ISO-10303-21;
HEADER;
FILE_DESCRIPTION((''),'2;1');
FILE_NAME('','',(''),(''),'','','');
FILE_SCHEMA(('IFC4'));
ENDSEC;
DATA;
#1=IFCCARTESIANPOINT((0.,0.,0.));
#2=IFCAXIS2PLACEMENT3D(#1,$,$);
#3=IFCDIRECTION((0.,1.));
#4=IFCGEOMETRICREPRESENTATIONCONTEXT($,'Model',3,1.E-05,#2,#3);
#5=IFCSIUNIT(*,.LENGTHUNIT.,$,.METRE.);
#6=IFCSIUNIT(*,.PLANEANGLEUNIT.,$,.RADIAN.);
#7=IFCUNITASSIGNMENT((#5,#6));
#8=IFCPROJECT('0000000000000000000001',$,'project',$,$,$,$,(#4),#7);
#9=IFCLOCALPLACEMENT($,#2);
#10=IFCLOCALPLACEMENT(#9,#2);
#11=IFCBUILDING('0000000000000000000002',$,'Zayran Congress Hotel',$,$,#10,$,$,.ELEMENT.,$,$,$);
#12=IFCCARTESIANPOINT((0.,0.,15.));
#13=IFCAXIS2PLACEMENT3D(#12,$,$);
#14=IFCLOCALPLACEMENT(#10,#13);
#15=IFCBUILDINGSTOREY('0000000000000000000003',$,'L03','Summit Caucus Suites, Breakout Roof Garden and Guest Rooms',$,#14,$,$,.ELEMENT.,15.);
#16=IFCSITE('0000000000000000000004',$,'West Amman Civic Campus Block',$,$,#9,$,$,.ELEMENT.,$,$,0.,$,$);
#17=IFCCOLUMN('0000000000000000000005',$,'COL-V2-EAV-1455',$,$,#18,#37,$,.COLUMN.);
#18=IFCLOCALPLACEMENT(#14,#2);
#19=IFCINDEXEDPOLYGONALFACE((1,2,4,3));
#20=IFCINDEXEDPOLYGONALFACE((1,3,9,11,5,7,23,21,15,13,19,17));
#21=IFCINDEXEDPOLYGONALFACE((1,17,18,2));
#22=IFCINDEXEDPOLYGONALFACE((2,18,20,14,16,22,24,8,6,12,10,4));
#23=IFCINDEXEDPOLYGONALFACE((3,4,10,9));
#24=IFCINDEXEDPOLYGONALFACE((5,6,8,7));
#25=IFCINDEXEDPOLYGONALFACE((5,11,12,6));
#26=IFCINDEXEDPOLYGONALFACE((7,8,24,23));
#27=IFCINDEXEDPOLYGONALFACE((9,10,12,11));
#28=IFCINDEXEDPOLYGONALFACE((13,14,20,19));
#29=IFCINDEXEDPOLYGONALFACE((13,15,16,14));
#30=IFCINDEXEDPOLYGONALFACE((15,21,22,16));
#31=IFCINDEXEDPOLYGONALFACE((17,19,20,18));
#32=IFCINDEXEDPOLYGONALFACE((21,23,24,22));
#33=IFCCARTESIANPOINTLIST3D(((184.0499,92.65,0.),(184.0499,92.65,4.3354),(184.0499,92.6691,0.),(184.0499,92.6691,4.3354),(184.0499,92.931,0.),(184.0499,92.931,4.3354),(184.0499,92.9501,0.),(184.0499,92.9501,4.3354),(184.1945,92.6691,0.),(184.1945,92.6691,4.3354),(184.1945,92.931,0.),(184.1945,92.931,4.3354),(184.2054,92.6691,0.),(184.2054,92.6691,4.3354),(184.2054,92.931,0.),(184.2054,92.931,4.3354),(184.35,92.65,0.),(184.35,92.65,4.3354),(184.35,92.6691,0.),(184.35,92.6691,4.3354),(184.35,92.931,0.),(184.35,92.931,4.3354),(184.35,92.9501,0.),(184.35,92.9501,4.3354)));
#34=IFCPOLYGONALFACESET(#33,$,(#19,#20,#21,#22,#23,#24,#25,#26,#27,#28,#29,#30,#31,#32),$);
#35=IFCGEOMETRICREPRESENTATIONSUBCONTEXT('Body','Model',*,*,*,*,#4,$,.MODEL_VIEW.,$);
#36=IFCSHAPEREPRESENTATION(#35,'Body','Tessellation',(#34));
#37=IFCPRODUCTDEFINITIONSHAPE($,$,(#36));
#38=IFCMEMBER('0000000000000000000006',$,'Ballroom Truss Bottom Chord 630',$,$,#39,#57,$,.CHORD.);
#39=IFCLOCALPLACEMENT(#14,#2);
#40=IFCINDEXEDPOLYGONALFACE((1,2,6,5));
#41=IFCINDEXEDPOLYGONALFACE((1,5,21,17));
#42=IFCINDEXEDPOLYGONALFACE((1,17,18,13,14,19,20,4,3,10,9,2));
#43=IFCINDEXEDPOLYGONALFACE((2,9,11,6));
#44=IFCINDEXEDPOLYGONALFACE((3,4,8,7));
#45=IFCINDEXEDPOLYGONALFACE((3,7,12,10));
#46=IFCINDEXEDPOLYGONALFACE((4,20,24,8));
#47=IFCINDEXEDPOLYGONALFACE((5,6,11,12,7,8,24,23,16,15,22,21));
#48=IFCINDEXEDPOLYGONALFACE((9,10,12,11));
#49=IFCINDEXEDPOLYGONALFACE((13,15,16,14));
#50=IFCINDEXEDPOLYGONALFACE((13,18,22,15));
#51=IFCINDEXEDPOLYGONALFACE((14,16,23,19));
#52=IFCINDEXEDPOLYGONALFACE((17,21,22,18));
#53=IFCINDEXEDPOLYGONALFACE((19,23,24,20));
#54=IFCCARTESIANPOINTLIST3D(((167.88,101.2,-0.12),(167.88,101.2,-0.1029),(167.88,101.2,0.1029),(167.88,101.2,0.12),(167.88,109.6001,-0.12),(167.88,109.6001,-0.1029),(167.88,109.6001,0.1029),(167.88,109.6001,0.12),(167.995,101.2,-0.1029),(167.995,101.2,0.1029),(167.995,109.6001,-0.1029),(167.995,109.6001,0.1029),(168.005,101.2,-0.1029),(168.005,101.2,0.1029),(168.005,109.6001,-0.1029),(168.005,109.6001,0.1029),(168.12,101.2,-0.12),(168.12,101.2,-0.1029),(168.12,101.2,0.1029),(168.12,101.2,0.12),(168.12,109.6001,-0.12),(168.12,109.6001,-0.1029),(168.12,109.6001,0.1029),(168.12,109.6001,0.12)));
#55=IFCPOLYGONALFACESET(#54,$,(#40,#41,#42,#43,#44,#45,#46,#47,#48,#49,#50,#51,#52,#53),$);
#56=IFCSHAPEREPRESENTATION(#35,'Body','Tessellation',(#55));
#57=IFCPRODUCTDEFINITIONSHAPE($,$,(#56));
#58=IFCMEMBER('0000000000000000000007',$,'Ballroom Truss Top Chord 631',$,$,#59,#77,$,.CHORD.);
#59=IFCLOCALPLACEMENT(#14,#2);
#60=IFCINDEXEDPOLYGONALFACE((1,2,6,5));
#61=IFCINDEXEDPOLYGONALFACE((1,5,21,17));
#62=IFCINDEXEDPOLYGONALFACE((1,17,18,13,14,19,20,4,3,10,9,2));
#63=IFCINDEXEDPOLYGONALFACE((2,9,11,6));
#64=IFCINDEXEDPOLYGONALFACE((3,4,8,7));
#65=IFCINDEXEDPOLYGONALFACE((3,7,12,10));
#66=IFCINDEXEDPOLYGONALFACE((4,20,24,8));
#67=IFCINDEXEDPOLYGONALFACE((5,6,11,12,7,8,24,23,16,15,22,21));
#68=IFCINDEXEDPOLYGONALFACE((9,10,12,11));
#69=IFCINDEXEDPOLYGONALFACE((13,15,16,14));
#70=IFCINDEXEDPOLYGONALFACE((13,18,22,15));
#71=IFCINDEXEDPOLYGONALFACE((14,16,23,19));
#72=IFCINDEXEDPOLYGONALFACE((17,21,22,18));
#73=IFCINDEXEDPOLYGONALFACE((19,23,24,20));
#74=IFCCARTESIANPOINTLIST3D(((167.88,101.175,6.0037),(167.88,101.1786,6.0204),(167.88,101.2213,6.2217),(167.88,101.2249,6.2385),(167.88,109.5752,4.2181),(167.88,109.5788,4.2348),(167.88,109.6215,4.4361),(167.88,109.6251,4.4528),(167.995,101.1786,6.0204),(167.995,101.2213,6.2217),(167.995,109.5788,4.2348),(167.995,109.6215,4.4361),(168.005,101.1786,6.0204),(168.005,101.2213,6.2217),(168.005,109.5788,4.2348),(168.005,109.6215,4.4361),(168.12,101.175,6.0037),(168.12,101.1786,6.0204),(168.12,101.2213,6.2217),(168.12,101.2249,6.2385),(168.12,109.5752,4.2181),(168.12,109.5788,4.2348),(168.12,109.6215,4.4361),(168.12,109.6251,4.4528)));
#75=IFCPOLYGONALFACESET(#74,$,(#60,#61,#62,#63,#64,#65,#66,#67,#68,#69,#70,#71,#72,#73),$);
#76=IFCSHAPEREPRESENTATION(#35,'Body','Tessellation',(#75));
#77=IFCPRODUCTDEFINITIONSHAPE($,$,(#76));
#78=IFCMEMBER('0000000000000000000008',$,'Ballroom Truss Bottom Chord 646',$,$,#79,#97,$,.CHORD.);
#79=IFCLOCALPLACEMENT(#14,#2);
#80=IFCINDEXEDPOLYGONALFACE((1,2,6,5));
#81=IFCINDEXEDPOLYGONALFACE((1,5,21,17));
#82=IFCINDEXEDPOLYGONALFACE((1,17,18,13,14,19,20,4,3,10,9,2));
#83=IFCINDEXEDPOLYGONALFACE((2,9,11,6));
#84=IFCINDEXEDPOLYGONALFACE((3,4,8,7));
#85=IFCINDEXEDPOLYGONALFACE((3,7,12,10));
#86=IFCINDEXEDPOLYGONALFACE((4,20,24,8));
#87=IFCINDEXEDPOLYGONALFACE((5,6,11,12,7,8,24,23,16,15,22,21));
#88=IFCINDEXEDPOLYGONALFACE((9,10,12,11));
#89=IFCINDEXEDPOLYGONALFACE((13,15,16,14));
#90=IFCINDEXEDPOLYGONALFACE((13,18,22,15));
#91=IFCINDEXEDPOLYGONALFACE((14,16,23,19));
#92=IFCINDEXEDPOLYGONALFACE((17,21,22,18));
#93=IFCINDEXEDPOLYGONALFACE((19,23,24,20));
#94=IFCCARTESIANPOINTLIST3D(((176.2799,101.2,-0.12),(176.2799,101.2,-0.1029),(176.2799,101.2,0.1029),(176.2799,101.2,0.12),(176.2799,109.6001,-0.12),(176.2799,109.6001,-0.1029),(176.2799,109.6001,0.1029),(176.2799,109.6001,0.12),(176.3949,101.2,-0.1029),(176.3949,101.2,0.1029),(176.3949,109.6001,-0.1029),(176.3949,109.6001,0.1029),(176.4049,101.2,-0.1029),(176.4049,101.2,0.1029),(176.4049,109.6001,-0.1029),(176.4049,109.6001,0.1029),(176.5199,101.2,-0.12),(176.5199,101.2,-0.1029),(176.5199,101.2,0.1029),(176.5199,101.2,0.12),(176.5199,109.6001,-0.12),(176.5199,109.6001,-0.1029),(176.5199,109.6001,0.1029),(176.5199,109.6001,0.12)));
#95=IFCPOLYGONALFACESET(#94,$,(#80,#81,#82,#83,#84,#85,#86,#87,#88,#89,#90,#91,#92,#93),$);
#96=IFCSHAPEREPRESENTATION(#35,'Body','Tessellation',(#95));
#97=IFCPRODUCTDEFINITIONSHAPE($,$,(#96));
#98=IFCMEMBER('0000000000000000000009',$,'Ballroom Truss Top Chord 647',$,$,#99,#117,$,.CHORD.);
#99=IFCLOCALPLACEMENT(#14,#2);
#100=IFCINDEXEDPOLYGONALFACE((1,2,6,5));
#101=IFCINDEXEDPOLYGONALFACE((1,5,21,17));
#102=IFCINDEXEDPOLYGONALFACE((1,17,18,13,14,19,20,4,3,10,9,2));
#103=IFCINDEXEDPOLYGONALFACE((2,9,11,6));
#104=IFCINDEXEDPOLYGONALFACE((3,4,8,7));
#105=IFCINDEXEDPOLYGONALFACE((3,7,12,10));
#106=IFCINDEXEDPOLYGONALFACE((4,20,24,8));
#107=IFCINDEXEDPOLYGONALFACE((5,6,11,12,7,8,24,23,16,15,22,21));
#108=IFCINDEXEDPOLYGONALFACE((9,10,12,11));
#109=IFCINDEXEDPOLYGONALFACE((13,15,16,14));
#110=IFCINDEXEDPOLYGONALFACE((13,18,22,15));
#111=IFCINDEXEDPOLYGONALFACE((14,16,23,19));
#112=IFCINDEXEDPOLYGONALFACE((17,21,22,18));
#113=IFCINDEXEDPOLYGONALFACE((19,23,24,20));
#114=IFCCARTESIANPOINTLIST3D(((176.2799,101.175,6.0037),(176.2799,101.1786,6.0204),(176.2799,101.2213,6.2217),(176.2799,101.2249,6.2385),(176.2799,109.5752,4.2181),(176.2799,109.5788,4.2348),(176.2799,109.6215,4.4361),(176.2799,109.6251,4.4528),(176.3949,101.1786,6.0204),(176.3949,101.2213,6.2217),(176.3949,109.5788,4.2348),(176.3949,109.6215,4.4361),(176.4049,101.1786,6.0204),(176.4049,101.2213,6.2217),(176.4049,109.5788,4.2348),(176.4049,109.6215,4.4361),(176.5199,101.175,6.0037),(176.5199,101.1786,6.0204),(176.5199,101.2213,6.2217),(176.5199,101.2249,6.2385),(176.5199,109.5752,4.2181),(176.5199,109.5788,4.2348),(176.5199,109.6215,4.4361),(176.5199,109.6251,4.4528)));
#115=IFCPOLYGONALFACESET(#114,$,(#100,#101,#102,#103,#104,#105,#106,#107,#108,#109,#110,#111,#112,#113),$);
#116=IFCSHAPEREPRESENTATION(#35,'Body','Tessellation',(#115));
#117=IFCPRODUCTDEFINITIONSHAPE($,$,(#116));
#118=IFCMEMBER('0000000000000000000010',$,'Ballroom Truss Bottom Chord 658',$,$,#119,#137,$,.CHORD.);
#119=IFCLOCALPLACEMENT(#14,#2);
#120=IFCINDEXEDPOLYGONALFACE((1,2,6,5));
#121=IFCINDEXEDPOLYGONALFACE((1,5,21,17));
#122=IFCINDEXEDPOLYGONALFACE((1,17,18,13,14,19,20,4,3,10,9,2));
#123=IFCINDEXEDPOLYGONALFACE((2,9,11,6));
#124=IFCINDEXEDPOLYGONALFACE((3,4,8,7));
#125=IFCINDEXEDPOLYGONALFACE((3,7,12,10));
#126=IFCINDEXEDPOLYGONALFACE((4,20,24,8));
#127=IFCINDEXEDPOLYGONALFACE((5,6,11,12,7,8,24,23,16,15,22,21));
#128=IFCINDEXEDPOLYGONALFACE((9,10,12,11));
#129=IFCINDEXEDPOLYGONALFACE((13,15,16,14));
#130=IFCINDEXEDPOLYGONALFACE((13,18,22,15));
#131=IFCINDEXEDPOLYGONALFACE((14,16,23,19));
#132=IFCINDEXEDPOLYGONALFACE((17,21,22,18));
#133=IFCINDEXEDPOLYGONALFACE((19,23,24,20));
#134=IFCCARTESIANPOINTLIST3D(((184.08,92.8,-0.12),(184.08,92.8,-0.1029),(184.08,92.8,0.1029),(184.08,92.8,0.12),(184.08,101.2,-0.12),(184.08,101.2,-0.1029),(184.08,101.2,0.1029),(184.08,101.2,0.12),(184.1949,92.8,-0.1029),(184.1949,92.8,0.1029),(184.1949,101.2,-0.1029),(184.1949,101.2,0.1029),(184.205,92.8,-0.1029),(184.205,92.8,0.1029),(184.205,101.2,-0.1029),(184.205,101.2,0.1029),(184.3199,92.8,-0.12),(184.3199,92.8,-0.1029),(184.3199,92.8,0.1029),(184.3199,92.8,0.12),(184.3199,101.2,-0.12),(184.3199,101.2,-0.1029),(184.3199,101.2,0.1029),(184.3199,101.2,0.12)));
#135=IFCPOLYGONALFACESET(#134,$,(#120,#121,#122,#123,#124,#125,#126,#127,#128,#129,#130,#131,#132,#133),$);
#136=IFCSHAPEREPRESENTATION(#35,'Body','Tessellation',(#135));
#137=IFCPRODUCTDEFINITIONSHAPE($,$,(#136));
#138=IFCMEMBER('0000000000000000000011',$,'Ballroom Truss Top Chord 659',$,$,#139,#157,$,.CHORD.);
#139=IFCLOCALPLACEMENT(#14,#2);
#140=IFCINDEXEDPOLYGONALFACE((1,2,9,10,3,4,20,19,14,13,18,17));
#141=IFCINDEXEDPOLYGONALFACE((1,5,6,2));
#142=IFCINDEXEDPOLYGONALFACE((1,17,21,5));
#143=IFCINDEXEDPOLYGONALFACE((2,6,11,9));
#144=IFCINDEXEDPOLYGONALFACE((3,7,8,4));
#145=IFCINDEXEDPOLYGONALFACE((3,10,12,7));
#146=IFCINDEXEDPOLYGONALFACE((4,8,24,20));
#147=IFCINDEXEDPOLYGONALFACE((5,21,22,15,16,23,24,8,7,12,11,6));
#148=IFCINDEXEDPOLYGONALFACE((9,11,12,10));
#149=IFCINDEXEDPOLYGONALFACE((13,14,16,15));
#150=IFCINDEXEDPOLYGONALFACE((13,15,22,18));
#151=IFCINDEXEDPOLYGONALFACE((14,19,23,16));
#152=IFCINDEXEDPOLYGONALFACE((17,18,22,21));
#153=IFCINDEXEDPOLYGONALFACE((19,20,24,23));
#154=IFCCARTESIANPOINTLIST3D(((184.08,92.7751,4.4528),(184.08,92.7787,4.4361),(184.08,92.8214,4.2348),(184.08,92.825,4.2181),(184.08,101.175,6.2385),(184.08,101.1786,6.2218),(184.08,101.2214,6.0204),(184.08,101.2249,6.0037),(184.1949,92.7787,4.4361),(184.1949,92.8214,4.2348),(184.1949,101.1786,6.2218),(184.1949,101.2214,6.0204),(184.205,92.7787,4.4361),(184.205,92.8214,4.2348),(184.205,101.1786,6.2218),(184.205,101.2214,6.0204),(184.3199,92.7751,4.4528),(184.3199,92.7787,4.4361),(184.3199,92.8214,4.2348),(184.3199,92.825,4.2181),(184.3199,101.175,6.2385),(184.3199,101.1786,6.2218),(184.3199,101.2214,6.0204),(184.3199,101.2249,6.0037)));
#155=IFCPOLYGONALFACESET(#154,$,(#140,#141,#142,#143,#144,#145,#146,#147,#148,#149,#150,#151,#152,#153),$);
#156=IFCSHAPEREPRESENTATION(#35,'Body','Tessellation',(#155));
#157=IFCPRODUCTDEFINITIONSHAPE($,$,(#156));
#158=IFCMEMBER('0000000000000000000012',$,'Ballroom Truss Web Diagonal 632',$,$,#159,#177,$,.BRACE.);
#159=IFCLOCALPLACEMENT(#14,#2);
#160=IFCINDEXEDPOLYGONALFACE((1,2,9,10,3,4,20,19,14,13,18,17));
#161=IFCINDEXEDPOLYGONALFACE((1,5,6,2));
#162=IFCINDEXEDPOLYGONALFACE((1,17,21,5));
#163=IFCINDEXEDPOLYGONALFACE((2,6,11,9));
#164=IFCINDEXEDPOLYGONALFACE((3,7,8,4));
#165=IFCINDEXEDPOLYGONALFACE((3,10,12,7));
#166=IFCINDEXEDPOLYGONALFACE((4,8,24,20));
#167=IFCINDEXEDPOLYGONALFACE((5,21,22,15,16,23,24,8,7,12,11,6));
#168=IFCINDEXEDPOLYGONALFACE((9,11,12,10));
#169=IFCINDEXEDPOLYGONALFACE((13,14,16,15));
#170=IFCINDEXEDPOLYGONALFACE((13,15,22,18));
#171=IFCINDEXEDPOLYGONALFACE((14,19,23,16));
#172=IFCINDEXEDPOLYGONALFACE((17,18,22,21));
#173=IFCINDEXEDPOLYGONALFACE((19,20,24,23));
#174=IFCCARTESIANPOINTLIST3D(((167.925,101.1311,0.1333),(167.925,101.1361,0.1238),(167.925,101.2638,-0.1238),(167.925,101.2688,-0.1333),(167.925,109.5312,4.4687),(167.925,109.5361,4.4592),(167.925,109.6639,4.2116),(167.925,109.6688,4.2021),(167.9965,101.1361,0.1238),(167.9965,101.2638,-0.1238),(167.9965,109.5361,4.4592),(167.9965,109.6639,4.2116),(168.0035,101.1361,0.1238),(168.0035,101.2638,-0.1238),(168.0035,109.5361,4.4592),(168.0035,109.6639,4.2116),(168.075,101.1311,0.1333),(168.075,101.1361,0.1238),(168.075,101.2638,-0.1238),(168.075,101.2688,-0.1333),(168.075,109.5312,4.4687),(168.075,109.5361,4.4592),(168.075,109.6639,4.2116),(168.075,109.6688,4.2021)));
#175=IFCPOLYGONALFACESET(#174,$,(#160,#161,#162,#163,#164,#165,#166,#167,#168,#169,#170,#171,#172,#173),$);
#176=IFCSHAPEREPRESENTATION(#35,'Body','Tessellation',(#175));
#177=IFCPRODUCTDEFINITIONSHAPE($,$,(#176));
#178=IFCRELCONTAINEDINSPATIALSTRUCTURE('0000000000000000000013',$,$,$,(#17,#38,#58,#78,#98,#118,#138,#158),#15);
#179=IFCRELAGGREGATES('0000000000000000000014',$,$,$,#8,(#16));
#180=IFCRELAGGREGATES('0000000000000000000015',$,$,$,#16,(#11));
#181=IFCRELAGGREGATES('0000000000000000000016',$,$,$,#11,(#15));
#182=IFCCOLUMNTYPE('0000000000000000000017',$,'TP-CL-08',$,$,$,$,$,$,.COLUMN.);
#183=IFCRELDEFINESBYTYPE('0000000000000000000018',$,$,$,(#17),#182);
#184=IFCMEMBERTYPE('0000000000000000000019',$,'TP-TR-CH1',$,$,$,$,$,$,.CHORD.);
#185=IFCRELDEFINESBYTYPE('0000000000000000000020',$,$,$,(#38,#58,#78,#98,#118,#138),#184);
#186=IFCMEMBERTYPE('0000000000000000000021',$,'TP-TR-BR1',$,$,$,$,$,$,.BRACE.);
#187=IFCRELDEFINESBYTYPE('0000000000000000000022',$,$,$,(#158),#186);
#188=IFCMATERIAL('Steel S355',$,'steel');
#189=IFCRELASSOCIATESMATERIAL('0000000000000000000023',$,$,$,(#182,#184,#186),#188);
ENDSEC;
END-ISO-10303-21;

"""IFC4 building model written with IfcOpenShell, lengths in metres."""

from ifc_helpers import new_model, si_unit, direction, frame, origin, origin_2d, place, context, subcontext, project, spatial, i_section, extrude, material, material_profile, profile_set, type_object, element, save


model = new_model("IFC4")

# Units and contexts
model_context = context("Model", 3, precision=1e-05, world=origin(), true_north=direction((0.0, 1.0)))
body_context = subcontext(model_context, "Body", "Model", "MODEL_VIEW")
ifc_project = project(units=[si_unit("LENGTHUNIT", "METRE"), si_unit("PLANEANGLEUNIT", "RADIAN")], contexts=[model_context])

# Site, building, storey
site_placement = place(None, origin())
site = spatial("IfcSite", under=ifc_project, at=site_placement, Name="West Amman Civic Campus Block", CompositionType="ELEMENT", RefElevation=0.0)
building_placement = place(site_placement, origin())
building = spatial("IfcBuilding", under=site, at=building_placement, Name="Zayran Congress Hotel", CompositionType="ELEMENT")
storey_placement = place(building_placement, frame((0.0, 0.0, 15.0)))
storey = spatial("IfcBuildingStorey", under=building, at=storey_placement, Name="L03", Description="Summit Caucus Suites, Breakout Roof Garden and Guest Rooms", CompositionType="ELEMENT", Elevation=15.0)

# Column
ifc_material_1 = material(Name="Steel S355", Category="steel")
ifc_material_profile_1 = material_profile(ifc_material_1, i_section(OverallWidth=0.3, OverallDepth=0.3, WebThickness=0.011, FlangeThickness=0.019, at=origin_2d()), Name="HEB 300")
ifc_profile_set_1 = profile_set([ifc_material_profile_1], Name="Steel S355")
column_type = type_object("IfcColumnType", Name="TP-CL-08", PredefinedType="COLUMN", material=ifc_profile_set_1)
column_placement = place(storey_placement, frame((184.2, 92.8, 0.0), z_axis=(0.0, 0.0, 1.0), x_axis=(1.0, 0.0, 0.0)))
element("IfcColumn", 1, at=column_placement, inside=storey, type_object=column_type, Name="COL-V2-EAV-1455", PredefinedType="COLUMN", context=body_context, shape_type="SweptSolid", body=[
    extrude(i_section(OverallWidth=0.3, OverallDepth=0.3, WebThickness=0.011, FlangeThickness=0.019, at=origin_2d()), origin(), (0.0, 0.0, 1.0), 4.3354),
])

# Members
ifc_material_profile_2 = material_profile(ifc_material_1, i_section(OverallWidth=0.24, OverallDepth=0.24, WebThickness=0.01, FlangeThickness=0.0171, at=origin_2d()), Name="HEB 240")
ifc_profile_set_2 = profile_set([ifc_material_profile_2], Name="Steel S355")
member_type_1 = type_object("IfcMemberType", Name="TP-TR-CH1", PredefinedType="CHORD", material=ifc_profile_set_2)
member_1_placement = place(storey_placement, frame((168.0, 101.2, 0.0), z_axis=(0.0, 1.0, 0.0), x_axis=(-1.0, 0.0, 0.0)))
element("IfcMember", 2, at=member_1_placement, inside=storey, type_object=member_type_1, Name="Ballroom Truss Bottom Chord 630", PredefinedType="CHORD", context=body_context, shape_type="SweptSolid", body=[
    extrude(i_section(OverallWidth=0.24, OverallDepth=0.24, WebThickness=0.01, FlangeThickness=0.0171, at=origin_2d()), origin(), (0.0, 0.0, 1.0), 8.4001),
])
member_2_placement = place(storey_placement, frame((168.0, 101.2, 6.1211), z_axis=(0.0, 0.978144, -0.207927), x_axis=(-1.0, 0.0, 0.0)))
element("IfcMember", 3, at=member_2_placement, inside=storey, type_object=member_type_1, Name="Ballroom Truss Top Chord 631", PredefinedType="CHORD", context=body_context, shape_type="SweptSolid", body=[
    extrude(i_section(OverallWidth=0.24, OverallDepth=0.24, WebThickness=0.01, FlangeThickness=0.0171, at=origin_2d()), origin(), (0.0, 0.0, 1.0), 8.5879),
])
member_3_placement = place(storey_placement, frame((176.3999, 101.2, 0.0), z_axis=(0.0, 1.0, 0.0), x_axis=(-1.0, 0.0, 0.0)))
element("IfcMember", 4, at=member_3_placement, inside=storey, type_object=member_type_1, Name="Ballroom Truss Bottom Chord 646", PredefinedType="CHORD", context=body_context, shape_type="SweptSolid", body=[
    extrude(i_section(OverallWidth=0.24, OverallDepth=0.24, WebThickness=0.01, FlangeThickness=0.0171, at=origin_2d()), origin(), (0.0, 0.0, 1.0), 8.4001),
])
member_4_placement = place(storey_placement, frame((176.3999, 101.2, 6.1211), z_axis=(0.0, 0.978144, -0.207927), x_axis=(-1.0, 0.0, 0.0)))
element("IfcMember", 5, at=member_4_placement, inside=storey, type_object=member_type_1, Name="Ballroom Truss Top Chord 647", PredefinedType="CHORD", context=body_context, shape_type="SweptSolid", body=[
    extrude(i_section(OverallWidth=0.24, OverallDepth=0.24, WebThickness=0.01, FlangeThickness=0.0171, at=origin_2d()), origin(), (0.0, 0.0, 1.0), 8.5879),
])
member_5_placement = place(storey_placement, frame((184.2, 92.8, 0.0), z_axis=(0.0, 1.0, 0.0), x_axis=(-1.0, 0.0, 0.0)))
element("IfcMember", 6, at=member_5_placement, inside=storey, type_object=member_type_1, Name="Ballroom Truss Bottom Chord 658", PredefinedType="CHORD", context=body_context, shape_type="SweptSolid", body=[
    extrude(i_section(OverallWidth=0.24, OverallDepth=0.24, WebThickness=0.01, FlangeThickness=0.0171, at=origin_2d()), origin(), (0.0, 0.0, 1.0), 8.3999),
])
member_6_placement = place(storey_placement, frame((184.2, 92.8, 4.3354), z_axis=(0.0, 0.978143, 0.207933), x_axis=(-1.0, 0.0, 0.0)))
element("IfcMember", 7, at=member_6_placement, inside=storey, type_object=member_type_1, Name="Ballroom Truss Top Chord 659", PredefinedType="CHORD", context=body_context, shape_type="SweptSolid", body=[
    extrude(i_section(OverallWidth=0.24, OverallDepth=0.24, WebThickness=0.01, FlangeThickness=0.0171, at=origin_2d()), origin(), (0.0, 0.0, 1.0), 8.5876),
])
ifc_material_profile_3 = material_profile(ifc_material_1, i_section(OverallWidth=0.1499, OverallDepth=0.3, WebThickness=0.0071, FlangeThickness=0.0107, at=origin_2d()), Name="IPE 300")
ifc_profile_set_3 = profile_set([ifc_material_profile_3], Name="Steel S355")
member_type_2 = type_object("IfcMemberType", Name="TP-TR-BR1", PredefinedType="BRACE", material=ifc_profile_set_3)
for number, where, z_axis, x_axis, name in (
    (8, (168.0, 101.2, 0.0), (0.0, 0.888625, 0.458634), (-1.0, 0.0, 0.0), "Ballroom Truss Web Diagonal 632"),
):
    element("IfcMember", number, at=place(storey_placement, frame(where, z_axis=z_axis, x_axis=x_axis)), inside=storey, type_object=member_type_2, Name=name, PredefinedType="BRACE", context=body_context, shape_type="SweptSolid", body=[
        extrude(i_section(OverallWidth=0.1499, OverallDepth=0.3, WebThickness=0.0071, FlangeThickness=0.0107, at=origin_2d()), origin(), (0.0, 0.0, 1.0), 9.4529),
    ])

save(model, "model.ifc")
